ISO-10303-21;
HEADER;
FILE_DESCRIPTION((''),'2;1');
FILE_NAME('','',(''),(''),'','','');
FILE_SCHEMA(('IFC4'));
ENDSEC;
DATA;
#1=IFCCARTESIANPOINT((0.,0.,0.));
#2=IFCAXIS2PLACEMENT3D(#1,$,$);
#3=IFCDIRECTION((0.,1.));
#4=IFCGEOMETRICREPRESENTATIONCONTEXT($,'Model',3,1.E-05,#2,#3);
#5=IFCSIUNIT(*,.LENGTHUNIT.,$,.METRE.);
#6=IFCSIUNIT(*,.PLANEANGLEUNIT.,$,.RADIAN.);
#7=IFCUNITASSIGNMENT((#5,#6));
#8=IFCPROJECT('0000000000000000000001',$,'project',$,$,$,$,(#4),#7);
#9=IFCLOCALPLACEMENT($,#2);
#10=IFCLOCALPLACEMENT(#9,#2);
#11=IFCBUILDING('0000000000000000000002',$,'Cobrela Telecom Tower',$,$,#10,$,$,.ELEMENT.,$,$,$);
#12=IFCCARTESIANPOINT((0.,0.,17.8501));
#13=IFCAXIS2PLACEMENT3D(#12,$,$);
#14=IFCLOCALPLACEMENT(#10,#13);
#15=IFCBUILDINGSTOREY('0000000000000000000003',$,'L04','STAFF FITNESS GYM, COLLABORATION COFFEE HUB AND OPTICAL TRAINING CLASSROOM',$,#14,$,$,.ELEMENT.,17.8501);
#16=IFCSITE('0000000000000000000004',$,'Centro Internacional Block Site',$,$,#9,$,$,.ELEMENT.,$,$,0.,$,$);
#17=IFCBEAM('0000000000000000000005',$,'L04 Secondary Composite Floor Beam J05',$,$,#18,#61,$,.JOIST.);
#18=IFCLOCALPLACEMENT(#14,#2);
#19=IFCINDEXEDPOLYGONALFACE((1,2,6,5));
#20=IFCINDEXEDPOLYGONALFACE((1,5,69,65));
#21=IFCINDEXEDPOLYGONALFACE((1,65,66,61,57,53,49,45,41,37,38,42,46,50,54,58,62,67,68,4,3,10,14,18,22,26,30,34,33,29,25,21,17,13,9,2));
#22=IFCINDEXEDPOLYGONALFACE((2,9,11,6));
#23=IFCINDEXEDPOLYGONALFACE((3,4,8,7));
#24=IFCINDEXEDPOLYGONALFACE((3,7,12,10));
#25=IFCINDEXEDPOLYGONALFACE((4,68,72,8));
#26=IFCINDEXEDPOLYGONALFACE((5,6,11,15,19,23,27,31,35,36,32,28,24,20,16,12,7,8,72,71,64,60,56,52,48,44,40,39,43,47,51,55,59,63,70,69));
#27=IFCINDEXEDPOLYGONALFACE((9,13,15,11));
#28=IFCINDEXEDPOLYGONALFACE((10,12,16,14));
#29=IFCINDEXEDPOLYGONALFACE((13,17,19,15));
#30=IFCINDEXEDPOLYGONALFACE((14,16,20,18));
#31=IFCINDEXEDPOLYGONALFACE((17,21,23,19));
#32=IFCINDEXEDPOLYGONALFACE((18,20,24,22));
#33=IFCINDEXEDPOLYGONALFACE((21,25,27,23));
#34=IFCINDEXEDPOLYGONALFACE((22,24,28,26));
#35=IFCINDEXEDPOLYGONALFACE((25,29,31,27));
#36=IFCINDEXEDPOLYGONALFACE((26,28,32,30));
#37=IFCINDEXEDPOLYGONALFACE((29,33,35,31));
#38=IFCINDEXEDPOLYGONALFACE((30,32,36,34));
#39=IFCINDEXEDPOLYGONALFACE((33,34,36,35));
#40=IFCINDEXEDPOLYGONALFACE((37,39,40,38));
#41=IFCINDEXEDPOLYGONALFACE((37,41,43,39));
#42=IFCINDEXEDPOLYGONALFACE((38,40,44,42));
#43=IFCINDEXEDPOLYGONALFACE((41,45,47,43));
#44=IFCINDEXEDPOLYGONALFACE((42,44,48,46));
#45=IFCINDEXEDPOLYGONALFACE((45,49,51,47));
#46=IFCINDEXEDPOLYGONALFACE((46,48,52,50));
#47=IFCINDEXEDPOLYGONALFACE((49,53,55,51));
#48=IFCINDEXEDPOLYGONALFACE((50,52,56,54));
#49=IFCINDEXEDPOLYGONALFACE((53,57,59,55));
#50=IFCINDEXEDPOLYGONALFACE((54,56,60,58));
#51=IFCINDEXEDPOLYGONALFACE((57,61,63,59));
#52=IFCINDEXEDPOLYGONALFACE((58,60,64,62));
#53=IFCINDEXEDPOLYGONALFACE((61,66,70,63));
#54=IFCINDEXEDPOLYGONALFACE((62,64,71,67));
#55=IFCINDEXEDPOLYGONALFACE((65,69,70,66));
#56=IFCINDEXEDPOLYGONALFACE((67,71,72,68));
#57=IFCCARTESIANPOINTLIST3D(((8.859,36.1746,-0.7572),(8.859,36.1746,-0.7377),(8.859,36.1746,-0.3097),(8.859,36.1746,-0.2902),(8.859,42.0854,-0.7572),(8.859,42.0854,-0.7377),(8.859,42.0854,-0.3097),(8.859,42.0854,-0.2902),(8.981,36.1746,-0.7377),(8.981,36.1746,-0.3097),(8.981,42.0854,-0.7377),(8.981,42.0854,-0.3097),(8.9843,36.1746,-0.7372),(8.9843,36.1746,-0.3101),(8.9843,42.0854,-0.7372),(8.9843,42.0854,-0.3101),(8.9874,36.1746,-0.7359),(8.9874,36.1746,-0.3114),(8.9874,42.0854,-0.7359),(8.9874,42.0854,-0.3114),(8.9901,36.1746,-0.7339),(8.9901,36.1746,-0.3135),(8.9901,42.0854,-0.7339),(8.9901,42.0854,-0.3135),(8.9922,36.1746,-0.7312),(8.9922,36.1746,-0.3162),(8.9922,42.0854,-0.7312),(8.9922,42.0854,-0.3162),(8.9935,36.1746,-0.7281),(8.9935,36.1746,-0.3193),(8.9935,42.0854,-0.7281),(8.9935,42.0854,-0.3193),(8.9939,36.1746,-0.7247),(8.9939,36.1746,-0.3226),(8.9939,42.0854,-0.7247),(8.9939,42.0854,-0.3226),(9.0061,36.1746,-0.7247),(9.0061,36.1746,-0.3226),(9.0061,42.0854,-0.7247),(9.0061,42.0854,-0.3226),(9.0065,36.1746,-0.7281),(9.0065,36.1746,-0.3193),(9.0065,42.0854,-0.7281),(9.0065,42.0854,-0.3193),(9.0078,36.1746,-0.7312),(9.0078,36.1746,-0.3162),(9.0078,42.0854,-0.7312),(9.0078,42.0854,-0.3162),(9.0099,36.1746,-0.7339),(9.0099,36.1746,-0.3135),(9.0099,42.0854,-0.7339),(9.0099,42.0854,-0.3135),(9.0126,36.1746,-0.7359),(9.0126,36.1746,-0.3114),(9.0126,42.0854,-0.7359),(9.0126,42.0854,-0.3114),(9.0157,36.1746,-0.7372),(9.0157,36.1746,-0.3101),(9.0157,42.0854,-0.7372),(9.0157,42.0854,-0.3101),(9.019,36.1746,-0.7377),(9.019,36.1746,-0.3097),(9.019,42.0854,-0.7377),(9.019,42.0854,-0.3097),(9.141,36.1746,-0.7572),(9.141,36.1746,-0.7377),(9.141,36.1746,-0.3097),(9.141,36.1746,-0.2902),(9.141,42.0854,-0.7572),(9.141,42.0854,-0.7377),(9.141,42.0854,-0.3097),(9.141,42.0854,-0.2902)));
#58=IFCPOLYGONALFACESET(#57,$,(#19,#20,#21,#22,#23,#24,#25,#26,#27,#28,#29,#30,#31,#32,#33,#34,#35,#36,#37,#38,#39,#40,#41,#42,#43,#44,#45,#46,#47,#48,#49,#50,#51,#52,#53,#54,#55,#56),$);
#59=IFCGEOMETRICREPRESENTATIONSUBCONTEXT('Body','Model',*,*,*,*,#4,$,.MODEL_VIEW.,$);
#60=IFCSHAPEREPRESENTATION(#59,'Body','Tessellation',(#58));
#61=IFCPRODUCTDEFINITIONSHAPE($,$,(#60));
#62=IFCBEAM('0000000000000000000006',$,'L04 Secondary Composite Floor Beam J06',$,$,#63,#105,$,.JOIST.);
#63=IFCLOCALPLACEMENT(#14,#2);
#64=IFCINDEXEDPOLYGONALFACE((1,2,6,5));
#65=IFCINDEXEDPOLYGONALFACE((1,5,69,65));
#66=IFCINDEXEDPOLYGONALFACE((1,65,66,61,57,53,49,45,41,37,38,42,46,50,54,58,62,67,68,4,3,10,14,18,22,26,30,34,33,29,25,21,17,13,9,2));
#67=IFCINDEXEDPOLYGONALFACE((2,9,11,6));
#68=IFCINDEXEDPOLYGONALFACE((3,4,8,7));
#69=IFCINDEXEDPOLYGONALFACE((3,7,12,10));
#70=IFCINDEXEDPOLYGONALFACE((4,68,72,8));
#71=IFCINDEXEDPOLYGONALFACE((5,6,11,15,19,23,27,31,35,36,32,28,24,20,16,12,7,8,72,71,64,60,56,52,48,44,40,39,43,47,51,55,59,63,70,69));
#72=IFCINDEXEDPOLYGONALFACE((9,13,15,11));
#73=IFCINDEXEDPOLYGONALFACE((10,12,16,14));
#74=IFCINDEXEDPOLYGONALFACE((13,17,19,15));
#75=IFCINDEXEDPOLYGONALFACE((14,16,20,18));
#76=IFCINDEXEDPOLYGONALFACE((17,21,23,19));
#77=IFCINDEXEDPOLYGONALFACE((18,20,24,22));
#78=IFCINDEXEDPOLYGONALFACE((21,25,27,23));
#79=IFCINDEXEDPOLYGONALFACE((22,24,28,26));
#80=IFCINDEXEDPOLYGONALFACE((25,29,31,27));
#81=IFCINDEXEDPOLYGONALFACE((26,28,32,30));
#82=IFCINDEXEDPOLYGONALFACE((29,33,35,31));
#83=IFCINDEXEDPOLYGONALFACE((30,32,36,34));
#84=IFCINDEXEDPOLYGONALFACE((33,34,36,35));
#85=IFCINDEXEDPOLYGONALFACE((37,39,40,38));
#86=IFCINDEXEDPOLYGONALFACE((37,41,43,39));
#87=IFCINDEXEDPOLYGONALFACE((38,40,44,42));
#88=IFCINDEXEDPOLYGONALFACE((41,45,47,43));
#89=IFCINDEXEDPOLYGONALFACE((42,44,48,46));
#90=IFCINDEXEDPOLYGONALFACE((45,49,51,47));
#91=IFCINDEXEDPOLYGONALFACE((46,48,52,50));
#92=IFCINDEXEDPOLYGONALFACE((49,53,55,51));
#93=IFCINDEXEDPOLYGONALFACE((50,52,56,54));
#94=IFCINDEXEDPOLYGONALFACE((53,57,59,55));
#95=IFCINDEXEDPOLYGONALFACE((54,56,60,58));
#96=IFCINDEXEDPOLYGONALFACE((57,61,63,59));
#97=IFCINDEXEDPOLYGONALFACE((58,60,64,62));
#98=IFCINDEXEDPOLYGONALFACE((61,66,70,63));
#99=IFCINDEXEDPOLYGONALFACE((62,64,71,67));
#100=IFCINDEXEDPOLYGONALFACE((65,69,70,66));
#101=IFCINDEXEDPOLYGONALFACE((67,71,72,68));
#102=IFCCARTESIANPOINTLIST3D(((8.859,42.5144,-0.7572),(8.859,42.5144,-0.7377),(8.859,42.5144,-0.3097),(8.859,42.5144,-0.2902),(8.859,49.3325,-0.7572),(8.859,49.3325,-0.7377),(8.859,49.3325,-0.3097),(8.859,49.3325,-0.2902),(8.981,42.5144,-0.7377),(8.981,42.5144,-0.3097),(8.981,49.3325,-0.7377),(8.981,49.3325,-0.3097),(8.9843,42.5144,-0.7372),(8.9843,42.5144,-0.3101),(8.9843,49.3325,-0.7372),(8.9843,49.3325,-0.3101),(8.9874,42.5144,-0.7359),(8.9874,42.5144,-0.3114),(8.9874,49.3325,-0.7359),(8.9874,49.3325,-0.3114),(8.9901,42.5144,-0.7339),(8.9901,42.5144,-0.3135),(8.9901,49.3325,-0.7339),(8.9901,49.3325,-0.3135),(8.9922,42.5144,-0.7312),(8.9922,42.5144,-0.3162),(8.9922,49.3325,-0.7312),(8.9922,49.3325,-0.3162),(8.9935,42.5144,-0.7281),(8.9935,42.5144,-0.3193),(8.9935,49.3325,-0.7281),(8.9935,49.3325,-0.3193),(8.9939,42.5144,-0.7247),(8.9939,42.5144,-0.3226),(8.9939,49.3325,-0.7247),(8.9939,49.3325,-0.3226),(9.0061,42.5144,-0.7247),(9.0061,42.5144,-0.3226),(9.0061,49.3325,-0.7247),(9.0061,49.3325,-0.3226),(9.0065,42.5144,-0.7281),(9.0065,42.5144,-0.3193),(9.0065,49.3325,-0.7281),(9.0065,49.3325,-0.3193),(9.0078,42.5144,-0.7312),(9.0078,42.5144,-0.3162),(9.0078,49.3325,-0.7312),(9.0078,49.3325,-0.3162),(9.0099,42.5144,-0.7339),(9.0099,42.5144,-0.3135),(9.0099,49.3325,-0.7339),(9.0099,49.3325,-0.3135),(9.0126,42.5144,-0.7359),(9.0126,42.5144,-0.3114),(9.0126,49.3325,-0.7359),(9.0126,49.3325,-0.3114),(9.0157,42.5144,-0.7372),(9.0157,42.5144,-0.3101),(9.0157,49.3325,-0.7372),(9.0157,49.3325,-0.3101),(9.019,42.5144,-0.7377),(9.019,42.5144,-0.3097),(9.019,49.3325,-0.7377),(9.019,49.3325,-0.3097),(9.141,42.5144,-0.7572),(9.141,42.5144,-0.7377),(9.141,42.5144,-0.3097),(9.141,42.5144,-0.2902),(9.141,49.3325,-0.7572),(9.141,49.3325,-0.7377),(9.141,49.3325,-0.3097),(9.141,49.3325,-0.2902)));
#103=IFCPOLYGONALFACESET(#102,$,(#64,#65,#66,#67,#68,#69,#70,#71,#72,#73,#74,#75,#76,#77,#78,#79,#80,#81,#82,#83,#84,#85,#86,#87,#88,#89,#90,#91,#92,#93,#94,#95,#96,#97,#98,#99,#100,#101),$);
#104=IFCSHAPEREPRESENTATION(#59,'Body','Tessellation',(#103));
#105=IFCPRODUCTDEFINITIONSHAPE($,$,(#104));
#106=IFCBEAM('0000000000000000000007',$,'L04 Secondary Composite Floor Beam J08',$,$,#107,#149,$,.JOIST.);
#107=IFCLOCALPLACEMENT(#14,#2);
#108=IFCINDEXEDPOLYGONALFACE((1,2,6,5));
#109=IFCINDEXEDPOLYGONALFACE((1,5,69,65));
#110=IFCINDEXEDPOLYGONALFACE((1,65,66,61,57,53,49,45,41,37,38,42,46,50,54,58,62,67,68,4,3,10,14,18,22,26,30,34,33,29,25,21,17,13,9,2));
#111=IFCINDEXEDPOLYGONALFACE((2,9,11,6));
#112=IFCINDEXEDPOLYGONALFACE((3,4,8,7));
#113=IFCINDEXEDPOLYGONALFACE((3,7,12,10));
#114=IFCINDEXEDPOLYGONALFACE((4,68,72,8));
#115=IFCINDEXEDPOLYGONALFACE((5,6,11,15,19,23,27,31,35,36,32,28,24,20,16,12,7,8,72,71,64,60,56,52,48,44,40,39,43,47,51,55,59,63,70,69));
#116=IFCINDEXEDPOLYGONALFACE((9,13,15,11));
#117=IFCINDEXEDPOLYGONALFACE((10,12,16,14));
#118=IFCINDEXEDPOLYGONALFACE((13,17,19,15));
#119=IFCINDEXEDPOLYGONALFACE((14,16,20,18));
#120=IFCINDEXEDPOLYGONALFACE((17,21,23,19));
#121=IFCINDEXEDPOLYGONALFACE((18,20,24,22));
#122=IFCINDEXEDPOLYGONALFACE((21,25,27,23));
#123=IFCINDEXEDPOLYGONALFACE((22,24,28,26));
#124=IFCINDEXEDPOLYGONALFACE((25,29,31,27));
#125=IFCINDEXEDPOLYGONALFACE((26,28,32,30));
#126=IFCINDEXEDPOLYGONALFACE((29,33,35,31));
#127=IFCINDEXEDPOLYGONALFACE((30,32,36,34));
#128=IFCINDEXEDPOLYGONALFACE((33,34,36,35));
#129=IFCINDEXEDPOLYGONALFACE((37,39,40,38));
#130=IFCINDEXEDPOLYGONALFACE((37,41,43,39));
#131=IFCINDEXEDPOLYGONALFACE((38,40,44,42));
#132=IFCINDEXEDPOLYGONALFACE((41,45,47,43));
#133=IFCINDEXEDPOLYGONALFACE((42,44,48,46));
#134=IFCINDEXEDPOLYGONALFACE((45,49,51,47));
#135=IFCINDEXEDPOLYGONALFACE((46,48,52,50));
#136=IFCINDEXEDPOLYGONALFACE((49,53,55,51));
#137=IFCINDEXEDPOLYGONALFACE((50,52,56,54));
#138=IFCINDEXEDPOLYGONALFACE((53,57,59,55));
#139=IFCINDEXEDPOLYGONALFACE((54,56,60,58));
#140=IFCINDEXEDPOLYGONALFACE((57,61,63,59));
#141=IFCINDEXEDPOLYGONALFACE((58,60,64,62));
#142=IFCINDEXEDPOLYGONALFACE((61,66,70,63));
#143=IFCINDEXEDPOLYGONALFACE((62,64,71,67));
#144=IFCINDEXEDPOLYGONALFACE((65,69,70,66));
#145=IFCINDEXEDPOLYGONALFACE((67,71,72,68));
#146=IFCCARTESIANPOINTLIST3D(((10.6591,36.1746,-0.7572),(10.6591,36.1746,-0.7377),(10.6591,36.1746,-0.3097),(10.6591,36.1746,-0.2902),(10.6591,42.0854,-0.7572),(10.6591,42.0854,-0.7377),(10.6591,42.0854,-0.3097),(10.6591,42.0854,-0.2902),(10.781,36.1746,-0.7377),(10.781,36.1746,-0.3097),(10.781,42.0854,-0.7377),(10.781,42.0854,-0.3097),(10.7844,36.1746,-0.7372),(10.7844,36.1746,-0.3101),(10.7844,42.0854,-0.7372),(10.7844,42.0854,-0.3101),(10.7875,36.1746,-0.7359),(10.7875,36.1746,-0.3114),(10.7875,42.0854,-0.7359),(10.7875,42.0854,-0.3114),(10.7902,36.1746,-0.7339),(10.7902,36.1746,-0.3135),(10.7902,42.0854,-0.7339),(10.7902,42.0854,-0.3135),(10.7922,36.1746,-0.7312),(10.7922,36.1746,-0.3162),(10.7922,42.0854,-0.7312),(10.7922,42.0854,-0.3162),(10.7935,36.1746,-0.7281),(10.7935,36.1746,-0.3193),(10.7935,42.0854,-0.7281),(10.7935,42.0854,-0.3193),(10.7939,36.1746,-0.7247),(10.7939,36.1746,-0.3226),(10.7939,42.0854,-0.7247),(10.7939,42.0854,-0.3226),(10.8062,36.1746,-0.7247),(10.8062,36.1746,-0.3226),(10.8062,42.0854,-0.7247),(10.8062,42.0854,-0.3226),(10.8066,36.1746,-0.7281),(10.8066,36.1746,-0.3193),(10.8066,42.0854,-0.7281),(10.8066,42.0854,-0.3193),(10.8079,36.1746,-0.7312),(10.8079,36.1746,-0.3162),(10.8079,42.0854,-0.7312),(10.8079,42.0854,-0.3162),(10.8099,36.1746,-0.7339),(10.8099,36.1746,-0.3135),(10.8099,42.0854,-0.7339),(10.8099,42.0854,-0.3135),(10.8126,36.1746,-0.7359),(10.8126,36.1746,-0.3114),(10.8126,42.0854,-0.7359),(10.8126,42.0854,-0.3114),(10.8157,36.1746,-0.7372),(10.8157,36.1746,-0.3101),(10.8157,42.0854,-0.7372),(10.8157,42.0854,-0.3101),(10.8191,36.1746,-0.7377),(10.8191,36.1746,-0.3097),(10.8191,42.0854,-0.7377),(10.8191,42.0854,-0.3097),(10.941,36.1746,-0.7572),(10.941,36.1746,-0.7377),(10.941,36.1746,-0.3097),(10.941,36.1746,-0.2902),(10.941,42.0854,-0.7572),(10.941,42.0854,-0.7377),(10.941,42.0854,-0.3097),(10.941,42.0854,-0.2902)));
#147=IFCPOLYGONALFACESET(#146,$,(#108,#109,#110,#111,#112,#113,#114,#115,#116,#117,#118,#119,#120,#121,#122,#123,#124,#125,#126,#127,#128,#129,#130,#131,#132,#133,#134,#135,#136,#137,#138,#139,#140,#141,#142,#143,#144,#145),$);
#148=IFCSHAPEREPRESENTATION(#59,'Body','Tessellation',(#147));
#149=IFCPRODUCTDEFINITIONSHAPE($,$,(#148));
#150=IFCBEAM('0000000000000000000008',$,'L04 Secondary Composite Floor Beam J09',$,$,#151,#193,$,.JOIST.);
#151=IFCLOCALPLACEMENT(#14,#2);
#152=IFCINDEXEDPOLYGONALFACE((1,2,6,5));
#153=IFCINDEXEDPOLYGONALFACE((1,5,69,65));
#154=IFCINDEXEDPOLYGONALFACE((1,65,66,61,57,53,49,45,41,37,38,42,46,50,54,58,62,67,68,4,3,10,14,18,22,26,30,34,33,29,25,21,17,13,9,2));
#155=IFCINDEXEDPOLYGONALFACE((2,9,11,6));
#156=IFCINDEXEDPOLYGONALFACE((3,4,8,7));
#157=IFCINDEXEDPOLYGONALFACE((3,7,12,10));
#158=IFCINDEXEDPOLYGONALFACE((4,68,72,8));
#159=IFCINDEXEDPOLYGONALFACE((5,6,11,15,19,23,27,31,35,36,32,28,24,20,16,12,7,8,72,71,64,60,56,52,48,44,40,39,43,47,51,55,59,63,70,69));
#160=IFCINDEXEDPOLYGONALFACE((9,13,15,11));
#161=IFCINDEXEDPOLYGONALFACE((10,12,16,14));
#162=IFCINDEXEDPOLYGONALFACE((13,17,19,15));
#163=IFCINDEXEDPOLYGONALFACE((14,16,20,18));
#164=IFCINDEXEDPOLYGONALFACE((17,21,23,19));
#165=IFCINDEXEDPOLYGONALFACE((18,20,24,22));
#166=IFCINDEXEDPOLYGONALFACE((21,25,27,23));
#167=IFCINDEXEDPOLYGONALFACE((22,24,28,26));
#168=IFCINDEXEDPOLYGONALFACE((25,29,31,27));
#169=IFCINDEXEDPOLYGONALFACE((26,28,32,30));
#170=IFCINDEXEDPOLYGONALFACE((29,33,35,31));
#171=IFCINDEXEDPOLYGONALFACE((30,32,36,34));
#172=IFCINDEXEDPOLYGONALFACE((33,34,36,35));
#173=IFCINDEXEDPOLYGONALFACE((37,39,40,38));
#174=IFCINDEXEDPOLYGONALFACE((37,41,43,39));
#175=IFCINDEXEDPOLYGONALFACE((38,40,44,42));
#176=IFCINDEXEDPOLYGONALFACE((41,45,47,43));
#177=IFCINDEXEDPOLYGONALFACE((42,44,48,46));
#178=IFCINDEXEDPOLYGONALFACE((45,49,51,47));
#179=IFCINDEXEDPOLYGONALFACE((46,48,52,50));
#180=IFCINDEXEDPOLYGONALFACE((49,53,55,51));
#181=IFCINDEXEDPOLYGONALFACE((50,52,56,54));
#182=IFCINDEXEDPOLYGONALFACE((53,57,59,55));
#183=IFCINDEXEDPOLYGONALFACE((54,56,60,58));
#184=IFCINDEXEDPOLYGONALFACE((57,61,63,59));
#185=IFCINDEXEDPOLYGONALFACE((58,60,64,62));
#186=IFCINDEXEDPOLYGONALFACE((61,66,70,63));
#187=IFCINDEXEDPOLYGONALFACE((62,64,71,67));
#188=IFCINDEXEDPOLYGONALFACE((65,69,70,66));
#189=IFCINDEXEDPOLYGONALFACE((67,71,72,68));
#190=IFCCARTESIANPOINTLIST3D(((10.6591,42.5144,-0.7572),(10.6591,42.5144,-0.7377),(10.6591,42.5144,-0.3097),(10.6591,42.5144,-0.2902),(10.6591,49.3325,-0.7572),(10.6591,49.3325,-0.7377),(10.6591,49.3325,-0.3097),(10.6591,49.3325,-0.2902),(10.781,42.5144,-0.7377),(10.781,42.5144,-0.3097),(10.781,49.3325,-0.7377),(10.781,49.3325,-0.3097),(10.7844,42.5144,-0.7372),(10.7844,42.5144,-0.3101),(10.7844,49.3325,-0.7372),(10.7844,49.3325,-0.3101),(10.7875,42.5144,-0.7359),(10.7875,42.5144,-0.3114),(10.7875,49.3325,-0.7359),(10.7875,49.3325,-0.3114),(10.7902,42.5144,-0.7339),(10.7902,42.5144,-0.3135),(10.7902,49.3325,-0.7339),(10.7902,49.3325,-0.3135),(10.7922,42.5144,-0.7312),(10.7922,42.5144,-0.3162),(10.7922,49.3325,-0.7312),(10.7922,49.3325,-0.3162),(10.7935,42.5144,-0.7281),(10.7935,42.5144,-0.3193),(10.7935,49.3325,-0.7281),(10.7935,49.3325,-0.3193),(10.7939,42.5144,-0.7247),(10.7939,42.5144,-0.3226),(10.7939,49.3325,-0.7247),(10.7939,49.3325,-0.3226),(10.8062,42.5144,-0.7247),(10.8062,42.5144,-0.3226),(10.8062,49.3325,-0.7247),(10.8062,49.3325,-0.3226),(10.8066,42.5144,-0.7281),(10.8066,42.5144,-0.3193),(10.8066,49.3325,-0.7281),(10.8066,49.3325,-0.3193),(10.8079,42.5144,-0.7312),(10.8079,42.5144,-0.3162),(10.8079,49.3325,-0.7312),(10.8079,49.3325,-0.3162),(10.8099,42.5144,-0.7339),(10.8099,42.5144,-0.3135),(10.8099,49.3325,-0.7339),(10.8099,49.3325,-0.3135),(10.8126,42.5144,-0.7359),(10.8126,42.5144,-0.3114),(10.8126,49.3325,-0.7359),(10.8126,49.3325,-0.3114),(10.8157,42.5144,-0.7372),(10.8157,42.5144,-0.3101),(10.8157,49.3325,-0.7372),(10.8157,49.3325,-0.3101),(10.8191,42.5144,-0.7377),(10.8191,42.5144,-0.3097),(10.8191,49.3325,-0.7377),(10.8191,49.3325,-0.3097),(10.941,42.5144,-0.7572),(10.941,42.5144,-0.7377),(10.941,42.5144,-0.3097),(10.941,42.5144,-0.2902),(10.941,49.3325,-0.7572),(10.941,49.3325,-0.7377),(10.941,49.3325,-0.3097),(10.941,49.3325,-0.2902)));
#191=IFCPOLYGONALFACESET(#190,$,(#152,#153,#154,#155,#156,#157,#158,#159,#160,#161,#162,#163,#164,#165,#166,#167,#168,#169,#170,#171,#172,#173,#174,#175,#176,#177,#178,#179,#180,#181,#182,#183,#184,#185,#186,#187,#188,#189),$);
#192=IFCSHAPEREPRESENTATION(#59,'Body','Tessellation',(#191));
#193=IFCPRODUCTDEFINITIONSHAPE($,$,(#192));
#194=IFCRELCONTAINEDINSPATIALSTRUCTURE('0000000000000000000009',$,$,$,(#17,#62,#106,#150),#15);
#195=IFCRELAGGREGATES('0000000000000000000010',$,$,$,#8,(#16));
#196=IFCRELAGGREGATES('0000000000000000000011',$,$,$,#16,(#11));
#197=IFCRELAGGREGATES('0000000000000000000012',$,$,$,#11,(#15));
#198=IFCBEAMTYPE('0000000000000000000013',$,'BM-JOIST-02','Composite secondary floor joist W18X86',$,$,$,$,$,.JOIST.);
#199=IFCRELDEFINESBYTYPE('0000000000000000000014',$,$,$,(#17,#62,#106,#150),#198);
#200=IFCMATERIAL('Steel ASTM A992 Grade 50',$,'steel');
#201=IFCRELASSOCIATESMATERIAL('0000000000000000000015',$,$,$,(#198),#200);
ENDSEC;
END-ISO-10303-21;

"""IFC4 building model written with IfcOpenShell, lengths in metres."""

from ifc_helpers import new_model, si_unit, direction, frame, origin, origin_2d, place, context, subcontext, project, spatial, i_section, extrude, material, material_profile, profile_set, type_object, element, save


model = new_model("IFC4")

# Units and contexts
model_context = context("Model", 3, precision=1e-05, world=origin(), true_north=direction((0.0, 1.0)))
body_context = subcontext(model_context, "Body", "Model", "MODEL_VIEW")
ifc_project = project(units=[si_unit("LENGTHUNIT", "METRE"), si_unit("PLANEANGLEUNIT", "RADIAN")], contexts=[model_context])

# Site, building, storey
site_placement = place(None, origin())
site = spatial("IfcSite", under=ifc_project, at=site_placement, Name="Centro Internacional Block Site", CompositionType="ELEMENT", RefElevation=0.0)
building_placement = place(site_placement, origin())
building = spatial("IfcBuilding", under=site, at=building_placement, Name="Cobrela Telecom Tower", CompositionType="ELEMENT")
storey_placement = place(building_placement, frame((0.0, 0.0, 17.8501)))
storey = spatial("IfcBuildingStorey", under=building, at=storey_placement, Name="L04", Description="STAFF FITNESS GYM, COLLABORATION COFFEE HUB AND OPTICAL TRAINING CLASSROOM", CompositionType="ELEMENT", Elevation=17.8501)

# Beams
ifc_material_1 = material(Name="Steel ASTM A992 Grade 50", Category="steel")
ifc_material_profile_1 = material_profile(ifc_material_1, i_section(OverallWidth=0.282, OverallDepth=0.467, WebThickness=0.0122, FlangeThickness=0.0195, FilletRadius=0.0129, at=origin_2d()), Name="W18X86")
ifc_profile_set_1 = profile_set([ifc_material_profile_1], Name="Steel ASTM A992 Grade 50")
beam_type_1 = type_object("IfcBeamType", Name="BM-JOIST-02", Description="Composite secondary floor joist W18X86", PredefinedType="JOIST", material=ifc_profile_set_1)
beam_1_placement = place(storey_placement, frame((9.0, 36.1746, -0.5237), z_axis=(0.0, 1.0, 0.0), x_axis=(-1.0, 0.0, 0.0)))
element("IfcBeam", 1, at=beam_1_placement, inside=storey, type_object=beam_type_1, Name="L04 Secondary Composite Floor Beam J05", PredefinedType="JOIST", context=body_context, shape_type="SweptSolid", body=[
    extrude(i_section(OverallWidth=0.282, OverallDepth=0.467, WebThickness=0.0122, FlangeThickness=0.0195, FilletRadius=0.0129, at=origin_2d()), origin(), (0.0, 0.0, 1.0), 5.9109),
])
beam_2_placement = place(storey_placement, frame((9.0, 42.5144, -0.5237), z_axis=(0.0, 1.0, 0.0), x_axis=(-1.0, 0.0, 0.0)))
element("IfcBeam", 2, at=beam_2_placement, inside=storey, type_object=beam_type_1, Name="L04 Secondary Composite Floor Beam J06", PredefinedType="JOIST", context=body_context, shape_type="SweptSolid", body=[
    extrude(i_section(OverallWidth=0.282, OverallDepth=0.467, WebThickness=0.0122, FlangeThickness=0.0195, FilletRadius=0.0129, at=origin_2d()), origin(), (0.0, 0.0, 1.0), 6.8181),
])
beam_3_placement = place(storey_placement, frame((10.8, 36.1746, -0.5237), z_axis=(0.0, 1.0, 0.0), x_axis=(-1.0, 0.0, 0.0)))
element("IfcBeam", 3, at=beam_3_placement, inside=storey, type_object=beam_type_1, Name="L04 Secondary Composite Floor Beam J08", PredefinedType="JOIST", context=body_context, shape_type="SweptSolid", body=[
    extrude(i_section(OverallWidth=0.282, OverallDepth=0.467, WebThickness=0.0122, FlangeThickness=0.0195, FilletRadius=0.0129, at=origin_2d()), origin(), (0.0, 0.0, 1.0), 5.9109),
])
beam_4_placement = place(storey_placement, frame((10.8, 42.5144, -0.5237), z_axis=(0.0, 1.0, 0.0), x_axis=(-1.0, 0.0, 0.0)))
element("IfcBeam", 4, at=beam_4_placement, inside=storey, type_object=beam_type_1, Name="L04 Secondary Composite Floor Beam J09", PredefinedType="JOIST", context=body_context, shape_type="SweptSolid", body=[
    extrude(i_section(OverallWidth=0.282, OverallDepth=0.467, WebThickness=0.0122, FlangeThickness=0.0195, FilletRadius=0.0129, at=origin_2d()), origin(), (0.0, 0.0, 1.0), 6.8181),
])

save(model, "model.ifc")
